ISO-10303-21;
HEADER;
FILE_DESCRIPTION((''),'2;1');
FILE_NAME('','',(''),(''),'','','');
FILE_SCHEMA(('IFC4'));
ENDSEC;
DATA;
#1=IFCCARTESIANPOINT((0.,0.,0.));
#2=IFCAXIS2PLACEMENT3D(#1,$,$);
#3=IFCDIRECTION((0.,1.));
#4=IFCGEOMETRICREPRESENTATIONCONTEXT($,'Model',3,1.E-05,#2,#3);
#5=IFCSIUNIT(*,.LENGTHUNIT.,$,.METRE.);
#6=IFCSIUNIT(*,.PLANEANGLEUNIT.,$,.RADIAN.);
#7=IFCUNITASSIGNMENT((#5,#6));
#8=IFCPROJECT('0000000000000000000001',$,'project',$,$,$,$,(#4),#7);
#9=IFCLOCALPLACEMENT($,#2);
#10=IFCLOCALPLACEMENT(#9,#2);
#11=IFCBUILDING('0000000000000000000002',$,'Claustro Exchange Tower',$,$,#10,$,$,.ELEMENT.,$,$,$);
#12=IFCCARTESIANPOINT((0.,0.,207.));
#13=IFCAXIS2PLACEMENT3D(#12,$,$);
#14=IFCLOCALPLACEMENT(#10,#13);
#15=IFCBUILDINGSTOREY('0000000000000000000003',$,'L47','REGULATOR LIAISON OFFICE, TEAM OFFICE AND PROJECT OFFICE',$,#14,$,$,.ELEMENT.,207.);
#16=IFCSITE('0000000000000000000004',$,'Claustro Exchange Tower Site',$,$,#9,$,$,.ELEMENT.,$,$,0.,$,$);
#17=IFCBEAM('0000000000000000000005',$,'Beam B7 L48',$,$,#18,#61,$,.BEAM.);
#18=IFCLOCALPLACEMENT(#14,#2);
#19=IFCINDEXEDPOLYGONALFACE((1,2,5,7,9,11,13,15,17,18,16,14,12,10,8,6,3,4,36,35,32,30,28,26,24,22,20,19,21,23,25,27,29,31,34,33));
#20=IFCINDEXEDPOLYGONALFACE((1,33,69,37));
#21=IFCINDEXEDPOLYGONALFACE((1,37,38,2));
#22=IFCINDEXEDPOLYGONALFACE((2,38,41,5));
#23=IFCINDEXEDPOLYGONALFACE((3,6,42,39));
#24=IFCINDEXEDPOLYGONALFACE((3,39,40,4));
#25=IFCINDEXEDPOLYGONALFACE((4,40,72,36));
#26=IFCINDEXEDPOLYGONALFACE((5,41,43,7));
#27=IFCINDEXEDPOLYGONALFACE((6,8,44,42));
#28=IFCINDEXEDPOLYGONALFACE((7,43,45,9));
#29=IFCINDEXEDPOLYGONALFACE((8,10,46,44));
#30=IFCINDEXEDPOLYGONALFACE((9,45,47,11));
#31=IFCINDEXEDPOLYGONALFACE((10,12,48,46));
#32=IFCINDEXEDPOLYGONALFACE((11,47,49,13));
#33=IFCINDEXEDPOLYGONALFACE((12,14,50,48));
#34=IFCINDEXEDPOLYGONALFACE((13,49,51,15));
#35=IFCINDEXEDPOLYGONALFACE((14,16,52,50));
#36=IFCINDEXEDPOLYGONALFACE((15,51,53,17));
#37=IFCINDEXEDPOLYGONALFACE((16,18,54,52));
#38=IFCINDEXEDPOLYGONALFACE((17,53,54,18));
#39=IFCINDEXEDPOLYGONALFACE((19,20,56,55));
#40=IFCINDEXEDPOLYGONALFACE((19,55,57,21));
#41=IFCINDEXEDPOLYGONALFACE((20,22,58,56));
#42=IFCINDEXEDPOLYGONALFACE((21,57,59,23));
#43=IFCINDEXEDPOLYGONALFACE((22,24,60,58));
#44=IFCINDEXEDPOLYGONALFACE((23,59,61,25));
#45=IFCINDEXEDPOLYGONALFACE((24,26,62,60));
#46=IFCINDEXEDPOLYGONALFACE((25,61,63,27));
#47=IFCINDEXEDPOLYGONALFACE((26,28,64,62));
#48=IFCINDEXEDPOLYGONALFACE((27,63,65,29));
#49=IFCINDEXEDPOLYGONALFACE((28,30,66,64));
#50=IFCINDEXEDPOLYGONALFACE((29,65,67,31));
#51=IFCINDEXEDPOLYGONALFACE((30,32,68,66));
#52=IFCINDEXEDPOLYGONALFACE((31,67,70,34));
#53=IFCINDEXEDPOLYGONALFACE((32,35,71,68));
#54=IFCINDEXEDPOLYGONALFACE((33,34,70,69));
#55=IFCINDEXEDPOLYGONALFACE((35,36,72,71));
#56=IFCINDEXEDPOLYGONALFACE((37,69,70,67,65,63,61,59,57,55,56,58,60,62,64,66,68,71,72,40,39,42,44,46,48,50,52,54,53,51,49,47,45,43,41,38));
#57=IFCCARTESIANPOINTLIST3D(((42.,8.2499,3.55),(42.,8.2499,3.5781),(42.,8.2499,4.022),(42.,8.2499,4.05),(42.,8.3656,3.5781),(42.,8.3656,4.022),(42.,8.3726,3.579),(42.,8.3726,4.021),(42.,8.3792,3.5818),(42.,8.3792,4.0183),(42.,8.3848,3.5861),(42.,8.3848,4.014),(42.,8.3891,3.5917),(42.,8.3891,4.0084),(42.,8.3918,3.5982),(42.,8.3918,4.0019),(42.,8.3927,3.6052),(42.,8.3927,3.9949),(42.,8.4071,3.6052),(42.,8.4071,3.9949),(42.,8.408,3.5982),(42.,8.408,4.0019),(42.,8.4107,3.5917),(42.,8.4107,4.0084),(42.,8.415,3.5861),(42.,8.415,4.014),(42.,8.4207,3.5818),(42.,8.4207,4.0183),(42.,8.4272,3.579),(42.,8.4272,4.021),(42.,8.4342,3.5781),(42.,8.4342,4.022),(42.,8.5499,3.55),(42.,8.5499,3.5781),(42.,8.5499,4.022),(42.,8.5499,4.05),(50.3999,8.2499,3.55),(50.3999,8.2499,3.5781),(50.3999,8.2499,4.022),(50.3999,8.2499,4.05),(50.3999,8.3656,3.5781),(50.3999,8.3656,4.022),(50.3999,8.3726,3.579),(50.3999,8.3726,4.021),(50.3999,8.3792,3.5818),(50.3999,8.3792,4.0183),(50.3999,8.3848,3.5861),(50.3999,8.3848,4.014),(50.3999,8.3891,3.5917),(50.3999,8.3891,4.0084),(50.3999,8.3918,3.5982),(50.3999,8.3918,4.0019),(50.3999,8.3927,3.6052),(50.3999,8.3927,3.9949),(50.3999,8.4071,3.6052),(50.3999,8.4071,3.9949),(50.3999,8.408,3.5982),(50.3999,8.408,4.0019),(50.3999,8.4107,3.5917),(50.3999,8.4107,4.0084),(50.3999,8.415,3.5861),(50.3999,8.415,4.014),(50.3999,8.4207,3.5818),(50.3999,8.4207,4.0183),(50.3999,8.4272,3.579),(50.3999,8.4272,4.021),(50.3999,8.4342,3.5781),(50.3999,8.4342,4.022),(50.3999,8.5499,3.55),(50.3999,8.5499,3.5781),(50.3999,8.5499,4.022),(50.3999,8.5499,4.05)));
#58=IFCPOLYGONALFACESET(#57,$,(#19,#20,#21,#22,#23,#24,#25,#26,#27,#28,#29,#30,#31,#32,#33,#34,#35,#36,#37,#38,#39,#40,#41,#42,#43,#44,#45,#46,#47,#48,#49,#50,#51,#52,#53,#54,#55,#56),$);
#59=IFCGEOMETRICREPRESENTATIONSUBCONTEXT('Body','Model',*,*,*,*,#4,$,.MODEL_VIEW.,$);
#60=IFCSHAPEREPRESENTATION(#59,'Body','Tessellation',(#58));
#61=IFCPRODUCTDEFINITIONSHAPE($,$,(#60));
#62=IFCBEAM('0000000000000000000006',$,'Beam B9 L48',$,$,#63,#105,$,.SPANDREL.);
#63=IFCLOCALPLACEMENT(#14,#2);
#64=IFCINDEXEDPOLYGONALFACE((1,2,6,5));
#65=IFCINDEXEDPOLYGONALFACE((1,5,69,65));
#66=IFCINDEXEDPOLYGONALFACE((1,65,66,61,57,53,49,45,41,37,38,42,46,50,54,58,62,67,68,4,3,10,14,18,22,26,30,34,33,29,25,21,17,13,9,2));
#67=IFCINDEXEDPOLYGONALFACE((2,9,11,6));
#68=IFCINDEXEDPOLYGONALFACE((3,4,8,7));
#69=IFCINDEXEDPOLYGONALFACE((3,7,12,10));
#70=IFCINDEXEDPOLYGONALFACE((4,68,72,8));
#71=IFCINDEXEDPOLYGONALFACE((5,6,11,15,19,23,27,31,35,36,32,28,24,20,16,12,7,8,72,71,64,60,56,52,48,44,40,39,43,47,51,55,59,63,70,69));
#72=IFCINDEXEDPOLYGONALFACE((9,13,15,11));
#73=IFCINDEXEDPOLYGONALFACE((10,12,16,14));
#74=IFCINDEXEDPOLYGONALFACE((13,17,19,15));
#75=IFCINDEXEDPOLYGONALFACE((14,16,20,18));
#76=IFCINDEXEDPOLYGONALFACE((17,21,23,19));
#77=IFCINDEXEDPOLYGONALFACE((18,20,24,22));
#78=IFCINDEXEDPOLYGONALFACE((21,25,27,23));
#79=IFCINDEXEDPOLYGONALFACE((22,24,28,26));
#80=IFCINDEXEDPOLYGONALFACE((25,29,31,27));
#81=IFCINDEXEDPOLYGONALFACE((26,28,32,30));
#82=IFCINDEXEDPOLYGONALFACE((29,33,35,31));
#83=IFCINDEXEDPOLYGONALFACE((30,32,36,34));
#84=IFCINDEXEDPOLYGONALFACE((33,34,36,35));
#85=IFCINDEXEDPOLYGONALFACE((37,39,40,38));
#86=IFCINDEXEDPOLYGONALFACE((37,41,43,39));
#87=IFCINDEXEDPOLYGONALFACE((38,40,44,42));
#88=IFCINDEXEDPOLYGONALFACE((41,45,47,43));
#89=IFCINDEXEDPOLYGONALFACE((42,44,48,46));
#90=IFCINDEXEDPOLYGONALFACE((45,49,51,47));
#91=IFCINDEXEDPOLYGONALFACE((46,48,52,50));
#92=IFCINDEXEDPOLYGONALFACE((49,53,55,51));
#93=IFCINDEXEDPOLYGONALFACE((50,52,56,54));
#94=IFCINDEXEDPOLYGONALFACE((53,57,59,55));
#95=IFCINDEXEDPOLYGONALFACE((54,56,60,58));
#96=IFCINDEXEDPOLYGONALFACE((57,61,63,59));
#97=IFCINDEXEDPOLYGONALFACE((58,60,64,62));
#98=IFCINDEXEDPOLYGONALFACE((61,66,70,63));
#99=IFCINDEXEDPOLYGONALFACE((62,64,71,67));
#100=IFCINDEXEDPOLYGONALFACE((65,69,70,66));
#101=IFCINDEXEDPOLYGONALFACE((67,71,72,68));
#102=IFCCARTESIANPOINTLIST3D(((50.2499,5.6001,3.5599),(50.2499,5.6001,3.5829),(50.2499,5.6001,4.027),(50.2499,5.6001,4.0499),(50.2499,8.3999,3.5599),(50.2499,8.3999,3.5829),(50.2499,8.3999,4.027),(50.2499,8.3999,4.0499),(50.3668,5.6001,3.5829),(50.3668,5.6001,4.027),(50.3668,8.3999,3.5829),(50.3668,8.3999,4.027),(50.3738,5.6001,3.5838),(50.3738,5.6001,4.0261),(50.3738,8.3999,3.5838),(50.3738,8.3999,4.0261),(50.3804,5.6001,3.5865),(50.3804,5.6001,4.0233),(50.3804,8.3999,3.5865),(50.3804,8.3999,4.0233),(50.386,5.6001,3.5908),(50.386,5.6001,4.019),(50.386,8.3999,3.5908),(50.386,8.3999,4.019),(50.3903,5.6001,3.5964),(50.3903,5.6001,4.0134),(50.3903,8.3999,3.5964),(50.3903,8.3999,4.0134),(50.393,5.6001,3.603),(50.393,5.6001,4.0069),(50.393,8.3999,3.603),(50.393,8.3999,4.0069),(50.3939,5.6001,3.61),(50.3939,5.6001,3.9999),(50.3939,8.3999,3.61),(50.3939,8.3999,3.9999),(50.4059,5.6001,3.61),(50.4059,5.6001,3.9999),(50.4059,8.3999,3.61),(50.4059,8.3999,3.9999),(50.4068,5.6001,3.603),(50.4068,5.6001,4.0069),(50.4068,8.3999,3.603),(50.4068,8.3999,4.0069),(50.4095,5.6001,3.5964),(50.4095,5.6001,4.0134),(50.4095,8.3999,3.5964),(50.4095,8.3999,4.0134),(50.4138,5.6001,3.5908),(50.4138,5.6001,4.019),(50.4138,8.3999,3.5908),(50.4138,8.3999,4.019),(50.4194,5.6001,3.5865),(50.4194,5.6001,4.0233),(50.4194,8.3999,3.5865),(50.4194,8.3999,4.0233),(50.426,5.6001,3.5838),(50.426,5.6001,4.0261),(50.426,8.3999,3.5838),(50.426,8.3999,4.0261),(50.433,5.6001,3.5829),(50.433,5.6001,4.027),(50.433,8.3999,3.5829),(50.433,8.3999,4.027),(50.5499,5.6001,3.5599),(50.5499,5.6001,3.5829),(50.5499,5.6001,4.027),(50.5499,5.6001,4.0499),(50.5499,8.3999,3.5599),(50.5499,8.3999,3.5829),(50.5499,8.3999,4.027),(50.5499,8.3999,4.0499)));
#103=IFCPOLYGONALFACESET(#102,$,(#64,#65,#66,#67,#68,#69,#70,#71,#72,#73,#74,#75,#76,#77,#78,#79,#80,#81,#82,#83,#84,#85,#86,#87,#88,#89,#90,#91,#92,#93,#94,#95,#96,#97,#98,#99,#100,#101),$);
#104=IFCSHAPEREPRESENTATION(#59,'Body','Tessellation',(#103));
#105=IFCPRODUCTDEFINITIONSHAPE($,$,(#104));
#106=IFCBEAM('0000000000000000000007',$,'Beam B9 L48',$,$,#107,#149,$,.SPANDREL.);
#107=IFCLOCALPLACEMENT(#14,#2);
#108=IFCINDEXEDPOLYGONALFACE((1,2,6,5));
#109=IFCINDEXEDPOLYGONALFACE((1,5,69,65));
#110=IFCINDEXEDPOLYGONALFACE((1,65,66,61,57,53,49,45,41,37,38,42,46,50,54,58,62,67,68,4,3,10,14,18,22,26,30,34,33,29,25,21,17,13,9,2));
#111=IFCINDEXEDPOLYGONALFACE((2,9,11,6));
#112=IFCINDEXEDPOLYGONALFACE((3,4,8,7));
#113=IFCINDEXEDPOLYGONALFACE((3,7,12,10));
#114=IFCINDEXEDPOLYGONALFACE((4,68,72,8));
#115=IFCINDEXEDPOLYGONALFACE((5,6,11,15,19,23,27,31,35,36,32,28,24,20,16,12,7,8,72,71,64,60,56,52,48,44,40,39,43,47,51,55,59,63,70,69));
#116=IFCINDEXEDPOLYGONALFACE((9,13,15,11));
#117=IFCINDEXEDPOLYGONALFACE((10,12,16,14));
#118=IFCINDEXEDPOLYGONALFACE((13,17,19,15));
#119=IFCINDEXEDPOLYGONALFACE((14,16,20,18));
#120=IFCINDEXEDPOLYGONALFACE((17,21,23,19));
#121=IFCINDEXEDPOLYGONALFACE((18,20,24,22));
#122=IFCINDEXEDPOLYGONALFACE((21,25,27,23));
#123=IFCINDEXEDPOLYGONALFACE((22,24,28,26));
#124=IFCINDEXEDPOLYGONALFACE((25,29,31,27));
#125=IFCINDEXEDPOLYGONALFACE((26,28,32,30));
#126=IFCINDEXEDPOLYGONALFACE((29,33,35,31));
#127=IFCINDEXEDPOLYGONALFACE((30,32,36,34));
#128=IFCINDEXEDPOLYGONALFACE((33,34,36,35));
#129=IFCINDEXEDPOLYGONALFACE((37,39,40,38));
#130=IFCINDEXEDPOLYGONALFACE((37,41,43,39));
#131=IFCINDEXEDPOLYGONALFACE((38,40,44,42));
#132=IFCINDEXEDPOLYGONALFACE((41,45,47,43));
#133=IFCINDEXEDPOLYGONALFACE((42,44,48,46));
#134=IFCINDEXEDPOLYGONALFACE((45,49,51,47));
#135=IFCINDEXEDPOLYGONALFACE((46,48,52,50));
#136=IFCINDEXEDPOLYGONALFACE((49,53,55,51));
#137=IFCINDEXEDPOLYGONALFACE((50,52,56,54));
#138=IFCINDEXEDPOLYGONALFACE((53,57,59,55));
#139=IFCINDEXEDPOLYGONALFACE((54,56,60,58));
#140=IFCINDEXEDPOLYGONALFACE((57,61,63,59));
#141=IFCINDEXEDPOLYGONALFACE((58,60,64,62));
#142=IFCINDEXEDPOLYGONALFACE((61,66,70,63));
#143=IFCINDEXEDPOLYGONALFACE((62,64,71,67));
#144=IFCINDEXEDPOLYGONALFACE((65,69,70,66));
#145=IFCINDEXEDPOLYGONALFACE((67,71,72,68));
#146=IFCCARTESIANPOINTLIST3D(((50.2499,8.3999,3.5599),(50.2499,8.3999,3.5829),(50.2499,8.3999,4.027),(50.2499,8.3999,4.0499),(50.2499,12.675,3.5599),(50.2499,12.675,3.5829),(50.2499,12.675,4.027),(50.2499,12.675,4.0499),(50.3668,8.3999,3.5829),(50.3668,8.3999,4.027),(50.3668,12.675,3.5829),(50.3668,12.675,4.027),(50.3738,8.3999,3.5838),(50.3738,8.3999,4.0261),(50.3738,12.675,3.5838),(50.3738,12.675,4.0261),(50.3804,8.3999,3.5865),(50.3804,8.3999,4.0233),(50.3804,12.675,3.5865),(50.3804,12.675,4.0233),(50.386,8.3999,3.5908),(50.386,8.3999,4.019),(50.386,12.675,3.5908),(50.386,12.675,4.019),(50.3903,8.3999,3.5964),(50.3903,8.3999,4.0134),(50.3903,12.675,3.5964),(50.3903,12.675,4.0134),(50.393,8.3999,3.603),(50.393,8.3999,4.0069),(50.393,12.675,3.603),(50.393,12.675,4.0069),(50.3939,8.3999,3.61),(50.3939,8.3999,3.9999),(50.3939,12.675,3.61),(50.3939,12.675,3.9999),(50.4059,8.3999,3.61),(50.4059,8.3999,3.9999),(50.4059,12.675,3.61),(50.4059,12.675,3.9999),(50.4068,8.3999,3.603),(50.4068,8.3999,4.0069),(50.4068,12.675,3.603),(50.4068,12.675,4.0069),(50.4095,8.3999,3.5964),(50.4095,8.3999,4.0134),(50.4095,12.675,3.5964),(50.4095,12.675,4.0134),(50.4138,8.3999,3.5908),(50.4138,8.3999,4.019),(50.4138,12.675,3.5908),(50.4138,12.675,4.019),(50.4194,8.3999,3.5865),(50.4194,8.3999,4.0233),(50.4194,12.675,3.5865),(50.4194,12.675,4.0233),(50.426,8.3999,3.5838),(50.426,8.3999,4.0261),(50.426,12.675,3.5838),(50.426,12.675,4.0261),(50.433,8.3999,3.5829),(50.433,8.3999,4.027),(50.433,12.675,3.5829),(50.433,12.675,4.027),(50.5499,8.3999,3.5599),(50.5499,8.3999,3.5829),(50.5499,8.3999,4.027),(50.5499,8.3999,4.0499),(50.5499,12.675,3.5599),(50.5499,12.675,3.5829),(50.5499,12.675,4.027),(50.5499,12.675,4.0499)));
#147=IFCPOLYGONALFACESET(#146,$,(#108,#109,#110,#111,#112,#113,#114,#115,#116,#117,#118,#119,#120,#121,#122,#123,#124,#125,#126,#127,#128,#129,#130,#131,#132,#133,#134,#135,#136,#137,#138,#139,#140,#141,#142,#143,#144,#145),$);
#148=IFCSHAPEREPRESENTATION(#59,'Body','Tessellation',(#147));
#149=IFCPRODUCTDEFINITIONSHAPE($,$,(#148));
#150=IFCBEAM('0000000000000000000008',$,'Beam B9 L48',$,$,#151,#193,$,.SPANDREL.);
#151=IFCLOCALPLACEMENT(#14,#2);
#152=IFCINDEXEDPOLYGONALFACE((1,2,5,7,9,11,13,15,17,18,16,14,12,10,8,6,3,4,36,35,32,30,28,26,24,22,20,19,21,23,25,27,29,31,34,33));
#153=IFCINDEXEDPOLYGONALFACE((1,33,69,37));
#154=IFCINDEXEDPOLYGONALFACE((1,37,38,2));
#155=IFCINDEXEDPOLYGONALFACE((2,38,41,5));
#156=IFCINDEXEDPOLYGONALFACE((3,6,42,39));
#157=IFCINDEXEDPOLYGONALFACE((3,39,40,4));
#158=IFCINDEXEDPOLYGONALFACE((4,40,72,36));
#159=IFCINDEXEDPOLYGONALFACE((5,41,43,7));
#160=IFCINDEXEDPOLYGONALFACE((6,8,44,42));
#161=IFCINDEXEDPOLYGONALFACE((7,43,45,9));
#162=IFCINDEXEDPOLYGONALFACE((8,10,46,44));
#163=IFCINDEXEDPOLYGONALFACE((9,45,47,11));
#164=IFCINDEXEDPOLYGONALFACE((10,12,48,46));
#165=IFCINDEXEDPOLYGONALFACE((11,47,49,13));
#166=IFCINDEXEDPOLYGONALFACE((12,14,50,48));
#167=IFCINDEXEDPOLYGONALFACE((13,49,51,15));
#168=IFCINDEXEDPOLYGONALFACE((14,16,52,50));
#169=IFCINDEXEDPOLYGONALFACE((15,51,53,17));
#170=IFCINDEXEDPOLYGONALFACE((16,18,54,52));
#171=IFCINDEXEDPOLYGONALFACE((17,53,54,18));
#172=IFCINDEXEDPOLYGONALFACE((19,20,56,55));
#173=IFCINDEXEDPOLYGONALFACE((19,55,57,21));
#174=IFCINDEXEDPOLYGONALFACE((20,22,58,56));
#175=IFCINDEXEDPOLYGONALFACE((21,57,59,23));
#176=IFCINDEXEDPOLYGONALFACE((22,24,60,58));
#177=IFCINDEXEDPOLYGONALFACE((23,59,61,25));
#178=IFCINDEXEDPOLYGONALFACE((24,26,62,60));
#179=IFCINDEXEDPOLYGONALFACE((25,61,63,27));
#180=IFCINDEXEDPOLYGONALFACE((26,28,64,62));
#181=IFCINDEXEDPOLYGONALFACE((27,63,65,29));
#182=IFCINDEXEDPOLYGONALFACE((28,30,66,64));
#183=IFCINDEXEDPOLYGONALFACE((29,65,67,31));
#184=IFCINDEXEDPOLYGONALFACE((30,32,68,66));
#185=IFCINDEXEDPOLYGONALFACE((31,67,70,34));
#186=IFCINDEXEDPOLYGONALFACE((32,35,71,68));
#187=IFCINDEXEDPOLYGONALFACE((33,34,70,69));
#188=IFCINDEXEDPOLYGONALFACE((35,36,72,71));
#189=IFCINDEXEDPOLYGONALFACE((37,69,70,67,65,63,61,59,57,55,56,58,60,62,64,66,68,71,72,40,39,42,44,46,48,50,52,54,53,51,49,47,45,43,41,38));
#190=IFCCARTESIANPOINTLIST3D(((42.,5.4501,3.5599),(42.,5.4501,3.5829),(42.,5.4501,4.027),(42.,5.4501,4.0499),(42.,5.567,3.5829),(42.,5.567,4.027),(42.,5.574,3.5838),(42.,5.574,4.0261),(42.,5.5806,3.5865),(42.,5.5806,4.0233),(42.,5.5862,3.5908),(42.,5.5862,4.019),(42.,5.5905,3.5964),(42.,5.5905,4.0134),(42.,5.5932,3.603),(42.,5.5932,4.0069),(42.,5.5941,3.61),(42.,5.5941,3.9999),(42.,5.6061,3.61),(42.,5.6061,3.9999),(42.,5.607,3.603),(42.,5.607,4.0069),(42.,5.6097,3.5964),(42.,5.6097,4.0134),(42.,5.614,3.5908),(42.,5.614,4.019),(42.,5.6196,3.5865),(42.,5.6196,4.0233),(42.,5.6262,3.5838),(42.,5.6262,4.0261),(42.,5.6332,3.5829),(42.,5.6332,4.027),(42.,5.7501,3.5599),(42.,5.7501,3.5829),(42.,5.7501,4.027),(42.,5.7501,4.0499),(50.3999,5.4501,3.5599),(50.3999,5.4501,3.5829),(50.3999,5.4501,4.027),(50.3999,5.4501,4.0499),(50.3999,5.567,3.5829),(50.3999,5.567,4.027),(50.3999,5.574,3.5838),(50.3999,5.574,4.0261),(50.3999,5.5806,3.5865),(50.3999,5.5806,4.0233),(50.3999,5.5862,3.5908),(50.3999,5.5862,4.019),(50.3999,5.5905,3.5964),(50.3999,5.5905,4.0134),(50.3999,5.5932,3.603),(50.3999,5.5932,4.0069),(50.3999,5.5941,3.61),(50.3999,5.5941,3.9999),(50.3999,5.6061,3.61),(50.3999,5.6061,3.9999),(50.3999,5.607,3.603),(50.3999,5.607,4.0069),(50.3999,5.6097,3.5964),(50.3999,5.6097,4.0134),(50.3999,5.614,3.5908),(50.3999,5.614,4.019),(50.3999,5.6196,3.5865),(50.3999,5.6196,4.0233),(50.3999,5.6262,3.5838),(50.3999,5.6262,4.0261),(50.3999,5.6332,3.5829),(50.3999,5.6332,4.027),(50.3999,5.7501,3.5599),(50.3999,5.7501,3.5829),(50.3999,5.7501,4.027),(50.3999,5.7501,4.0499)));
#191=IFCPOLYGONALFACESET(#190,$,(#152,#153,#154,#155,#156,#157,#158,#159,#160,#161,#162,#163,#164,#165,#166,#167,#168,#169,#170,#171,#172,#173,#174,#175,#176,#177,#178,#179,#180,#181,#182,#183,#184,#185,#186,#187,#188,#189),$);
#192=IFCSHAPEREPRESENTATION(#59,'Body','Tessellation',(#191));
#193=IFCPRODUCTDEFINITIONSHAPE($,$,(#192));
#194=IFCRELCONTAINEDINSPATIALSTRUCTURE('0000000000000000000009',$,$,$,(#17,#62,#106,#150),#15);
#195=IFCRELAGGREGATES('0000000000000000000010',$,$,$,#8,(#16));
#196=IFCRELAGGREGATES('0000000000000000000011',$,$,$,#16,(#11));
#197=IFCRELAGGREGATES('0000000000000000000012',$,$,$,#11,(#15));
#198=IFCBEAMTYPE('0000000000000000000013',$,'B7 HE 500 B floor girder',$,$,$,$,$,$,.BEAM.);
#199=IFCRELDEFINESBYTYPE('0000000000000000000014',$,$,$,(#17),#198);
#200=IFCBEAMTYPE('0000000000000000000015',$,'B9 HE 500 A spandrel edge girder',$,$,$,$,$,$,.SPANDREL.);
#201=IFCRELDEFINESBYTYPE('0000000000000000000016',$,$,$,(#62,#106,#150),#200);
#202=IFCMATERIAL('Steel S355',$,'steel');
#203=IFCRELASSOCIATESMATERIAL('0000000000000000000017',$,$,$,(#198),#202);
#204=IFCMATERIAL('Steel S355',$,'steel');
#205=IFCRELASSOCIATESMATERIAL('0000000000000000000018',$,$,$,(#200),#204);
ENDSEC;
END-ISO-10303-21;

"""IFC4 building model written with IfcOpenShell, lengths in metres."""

from ifc_helpers import new_model, si_unit, direction, frame, origin, origin_2d, place, context, subcontext, project, spatial, i_section, extrude, material, material_profile, profile_set, type_object, element, save


model = new_model("IFC4")

# Units and contexts
model_context = context("Model", 3, precision=1e-05, world=origin(), true_north=direction((0.0, 1.0)))
body_context = subcontext(model_context, "Body", "Model", "MODEL_VIEW")
ifc_project = project(units=[si_unit("LENGTHUNIT", "METRE"), si_unit("PLANEANGLEUNIT", "RADIAN")], contexts=[model_context])

# Site, building, storey
site_placement = place(None, origin())
site = spatial("IfcSite", under=ifc_project, at=site_placement, Name="Claustro Exchange Tower Site", CompositionType="ELEMENT", RefElevation=0.0)
building_placement = place(site_placement, origin())
building = spatial("IfcBuilding", under=site, at=building_placement, Name="Claustro Exchange Tower", CompositionType="ELEMENT")
storey_placement = place(building_placement, frame((0.0, 0.0, 207.0)))
storey = spatial("IfcBuildingStorey", under=building, at=storey_placement, Name="L47", Description="REGULATOR LIAISON OFFICE, TEAM OFFICE AND PROJECT OFFICE", CompositionType="ELEMENT", Elevation=207.0)

# Beams
ifc_material_1 = material(Name="Steel S355", Category="steel")
ifc_material_profile_1 = material_profile(ifc_material_1, i_section(OverallWidth=0.3, OverallDepth=0.5, WebThickness=0.0144, FlangeThickness=0.0281, FilletRadius=0.0271, at=origin_2d()), Name="HE 500 B")
ifc_profile_set_1 = profile_set([ifc_material_profile_1], Name="Steel S355")
beam_type_1 = type_object("IfcBeamType", Name="B7 HE 500 B floor girder", PredefinedType="BEAM", material=ifc_profile_set_1)
beam_1_placement = place(storey_placement, frame((42.0, 8.3999, 3.8), z_axis=(1.0, 0.0, 0.0), x_axis=(0.0, 1.0, 0.0)))
element("IfcBeam", 1, at=beam_1_placement, inside=storey, type_object=beam_type_1, Name="Beam B7 L48", PredefinedType="BEAM", context=body_context, shape_type="SweptSolid", body=[
    extrude(i_section(OverallWidth=0.3, OverallDepth=0.5, WebThickness=0.0144, FlangeThickness=0.0281, FilletRadius=0.0271, at=origin_2d()), origin(), (0.0, 0.0, 1.0), 8.3999),
])
ifc_material_2 = material(Name="Steel S355", Category="steel")
ifc_material_profile_2 = material_profile(ifc_material_2, i_section(OverallWidth=0.3, OverallDepth=0.49, WebThickness=0.012, FlangeThickness=0.0229, FilletRadius=0.0271, at=origin_2d()), Name="HE 500 A")
ifc_profile_set_2 = profile_set([ifc_material_profile_2], Name="Steel S355")
beam_type_2 = type_object("IfcBeamType", Name="B9 HE 500 A spandrel edge girder", PredefinedType="SPANDREL", material=ifc_profile_set_2)
beam_2_placement = place(storey_placement, frame((50.3999, 5.6001, 3.8049), z_axis=(0.0, 1.0, 0.0), x_axis=(-1.0, 0.0, 0.0)))
element("IfcBeam", 2, at=beam_2_placement, inside=storey, type_object=beam_type_2, Name="Beam B9 L48", PredefinedType="SPANDREL", context=body_context, shape_type="SweptSolid", body=[
    extrude(i_section(OverallWidth=0.3, OverallDepth=0.49, WebThickness=0.012, FlangeThickness=0.0229, FilletRadius=0.0271, at=origin_2d()), origin(), (0.0, 0.0, 1.0), 2.7998),
])
beam_3_placement = place(storey_placement, frame((50.3999, 8.3999, 3.8049), z_axis=(0.0, 1.0, 0.0), x_axis=(-1.0, 0.0, 0.0)))
element("IfcBeam", 3, at=beam_3_placement, inside=storey, type_object=beam_type_2, Name="Beam B9 L48", PredefinedType="SPANDREL", context=body_context, shape_type="SweptSolid", body=[
    extrude(i_section(OverallWidth=0.3, OverallDepth=0.49, WebThickness=0.012, FlangeThickness=0.0229, FilletRadius=0.0271, at=origin_2d()), origin(), (0.0, 0.0, 1.0), 4.2751),
])
beam_4_placement = place(storey_placement, frame((42.0, 5.6001, 3.8049), z_axis=(1.0, 0.0, 0.0), x_axis=(0.0, 1.0, 0.0)))
element("IfcBeam", 4, at=beam_4_placement, inside=storey, type_object=beam_type_2, Name="Beam B9 L48", PredefinedType="SPANDREL", context=body_context, shape_type="SweptSolid", body=[
    extrude(i_section(OverallWidth=0.3, OverallDepth=0.49, WebThickness=0.012, FlangeThickness=0.0229, FilletRadius=0.0271, at=origin_2d()), origin(), (0.0, 0.0, 1.0), 8.3999),
])

save(model, "model.ifc")
